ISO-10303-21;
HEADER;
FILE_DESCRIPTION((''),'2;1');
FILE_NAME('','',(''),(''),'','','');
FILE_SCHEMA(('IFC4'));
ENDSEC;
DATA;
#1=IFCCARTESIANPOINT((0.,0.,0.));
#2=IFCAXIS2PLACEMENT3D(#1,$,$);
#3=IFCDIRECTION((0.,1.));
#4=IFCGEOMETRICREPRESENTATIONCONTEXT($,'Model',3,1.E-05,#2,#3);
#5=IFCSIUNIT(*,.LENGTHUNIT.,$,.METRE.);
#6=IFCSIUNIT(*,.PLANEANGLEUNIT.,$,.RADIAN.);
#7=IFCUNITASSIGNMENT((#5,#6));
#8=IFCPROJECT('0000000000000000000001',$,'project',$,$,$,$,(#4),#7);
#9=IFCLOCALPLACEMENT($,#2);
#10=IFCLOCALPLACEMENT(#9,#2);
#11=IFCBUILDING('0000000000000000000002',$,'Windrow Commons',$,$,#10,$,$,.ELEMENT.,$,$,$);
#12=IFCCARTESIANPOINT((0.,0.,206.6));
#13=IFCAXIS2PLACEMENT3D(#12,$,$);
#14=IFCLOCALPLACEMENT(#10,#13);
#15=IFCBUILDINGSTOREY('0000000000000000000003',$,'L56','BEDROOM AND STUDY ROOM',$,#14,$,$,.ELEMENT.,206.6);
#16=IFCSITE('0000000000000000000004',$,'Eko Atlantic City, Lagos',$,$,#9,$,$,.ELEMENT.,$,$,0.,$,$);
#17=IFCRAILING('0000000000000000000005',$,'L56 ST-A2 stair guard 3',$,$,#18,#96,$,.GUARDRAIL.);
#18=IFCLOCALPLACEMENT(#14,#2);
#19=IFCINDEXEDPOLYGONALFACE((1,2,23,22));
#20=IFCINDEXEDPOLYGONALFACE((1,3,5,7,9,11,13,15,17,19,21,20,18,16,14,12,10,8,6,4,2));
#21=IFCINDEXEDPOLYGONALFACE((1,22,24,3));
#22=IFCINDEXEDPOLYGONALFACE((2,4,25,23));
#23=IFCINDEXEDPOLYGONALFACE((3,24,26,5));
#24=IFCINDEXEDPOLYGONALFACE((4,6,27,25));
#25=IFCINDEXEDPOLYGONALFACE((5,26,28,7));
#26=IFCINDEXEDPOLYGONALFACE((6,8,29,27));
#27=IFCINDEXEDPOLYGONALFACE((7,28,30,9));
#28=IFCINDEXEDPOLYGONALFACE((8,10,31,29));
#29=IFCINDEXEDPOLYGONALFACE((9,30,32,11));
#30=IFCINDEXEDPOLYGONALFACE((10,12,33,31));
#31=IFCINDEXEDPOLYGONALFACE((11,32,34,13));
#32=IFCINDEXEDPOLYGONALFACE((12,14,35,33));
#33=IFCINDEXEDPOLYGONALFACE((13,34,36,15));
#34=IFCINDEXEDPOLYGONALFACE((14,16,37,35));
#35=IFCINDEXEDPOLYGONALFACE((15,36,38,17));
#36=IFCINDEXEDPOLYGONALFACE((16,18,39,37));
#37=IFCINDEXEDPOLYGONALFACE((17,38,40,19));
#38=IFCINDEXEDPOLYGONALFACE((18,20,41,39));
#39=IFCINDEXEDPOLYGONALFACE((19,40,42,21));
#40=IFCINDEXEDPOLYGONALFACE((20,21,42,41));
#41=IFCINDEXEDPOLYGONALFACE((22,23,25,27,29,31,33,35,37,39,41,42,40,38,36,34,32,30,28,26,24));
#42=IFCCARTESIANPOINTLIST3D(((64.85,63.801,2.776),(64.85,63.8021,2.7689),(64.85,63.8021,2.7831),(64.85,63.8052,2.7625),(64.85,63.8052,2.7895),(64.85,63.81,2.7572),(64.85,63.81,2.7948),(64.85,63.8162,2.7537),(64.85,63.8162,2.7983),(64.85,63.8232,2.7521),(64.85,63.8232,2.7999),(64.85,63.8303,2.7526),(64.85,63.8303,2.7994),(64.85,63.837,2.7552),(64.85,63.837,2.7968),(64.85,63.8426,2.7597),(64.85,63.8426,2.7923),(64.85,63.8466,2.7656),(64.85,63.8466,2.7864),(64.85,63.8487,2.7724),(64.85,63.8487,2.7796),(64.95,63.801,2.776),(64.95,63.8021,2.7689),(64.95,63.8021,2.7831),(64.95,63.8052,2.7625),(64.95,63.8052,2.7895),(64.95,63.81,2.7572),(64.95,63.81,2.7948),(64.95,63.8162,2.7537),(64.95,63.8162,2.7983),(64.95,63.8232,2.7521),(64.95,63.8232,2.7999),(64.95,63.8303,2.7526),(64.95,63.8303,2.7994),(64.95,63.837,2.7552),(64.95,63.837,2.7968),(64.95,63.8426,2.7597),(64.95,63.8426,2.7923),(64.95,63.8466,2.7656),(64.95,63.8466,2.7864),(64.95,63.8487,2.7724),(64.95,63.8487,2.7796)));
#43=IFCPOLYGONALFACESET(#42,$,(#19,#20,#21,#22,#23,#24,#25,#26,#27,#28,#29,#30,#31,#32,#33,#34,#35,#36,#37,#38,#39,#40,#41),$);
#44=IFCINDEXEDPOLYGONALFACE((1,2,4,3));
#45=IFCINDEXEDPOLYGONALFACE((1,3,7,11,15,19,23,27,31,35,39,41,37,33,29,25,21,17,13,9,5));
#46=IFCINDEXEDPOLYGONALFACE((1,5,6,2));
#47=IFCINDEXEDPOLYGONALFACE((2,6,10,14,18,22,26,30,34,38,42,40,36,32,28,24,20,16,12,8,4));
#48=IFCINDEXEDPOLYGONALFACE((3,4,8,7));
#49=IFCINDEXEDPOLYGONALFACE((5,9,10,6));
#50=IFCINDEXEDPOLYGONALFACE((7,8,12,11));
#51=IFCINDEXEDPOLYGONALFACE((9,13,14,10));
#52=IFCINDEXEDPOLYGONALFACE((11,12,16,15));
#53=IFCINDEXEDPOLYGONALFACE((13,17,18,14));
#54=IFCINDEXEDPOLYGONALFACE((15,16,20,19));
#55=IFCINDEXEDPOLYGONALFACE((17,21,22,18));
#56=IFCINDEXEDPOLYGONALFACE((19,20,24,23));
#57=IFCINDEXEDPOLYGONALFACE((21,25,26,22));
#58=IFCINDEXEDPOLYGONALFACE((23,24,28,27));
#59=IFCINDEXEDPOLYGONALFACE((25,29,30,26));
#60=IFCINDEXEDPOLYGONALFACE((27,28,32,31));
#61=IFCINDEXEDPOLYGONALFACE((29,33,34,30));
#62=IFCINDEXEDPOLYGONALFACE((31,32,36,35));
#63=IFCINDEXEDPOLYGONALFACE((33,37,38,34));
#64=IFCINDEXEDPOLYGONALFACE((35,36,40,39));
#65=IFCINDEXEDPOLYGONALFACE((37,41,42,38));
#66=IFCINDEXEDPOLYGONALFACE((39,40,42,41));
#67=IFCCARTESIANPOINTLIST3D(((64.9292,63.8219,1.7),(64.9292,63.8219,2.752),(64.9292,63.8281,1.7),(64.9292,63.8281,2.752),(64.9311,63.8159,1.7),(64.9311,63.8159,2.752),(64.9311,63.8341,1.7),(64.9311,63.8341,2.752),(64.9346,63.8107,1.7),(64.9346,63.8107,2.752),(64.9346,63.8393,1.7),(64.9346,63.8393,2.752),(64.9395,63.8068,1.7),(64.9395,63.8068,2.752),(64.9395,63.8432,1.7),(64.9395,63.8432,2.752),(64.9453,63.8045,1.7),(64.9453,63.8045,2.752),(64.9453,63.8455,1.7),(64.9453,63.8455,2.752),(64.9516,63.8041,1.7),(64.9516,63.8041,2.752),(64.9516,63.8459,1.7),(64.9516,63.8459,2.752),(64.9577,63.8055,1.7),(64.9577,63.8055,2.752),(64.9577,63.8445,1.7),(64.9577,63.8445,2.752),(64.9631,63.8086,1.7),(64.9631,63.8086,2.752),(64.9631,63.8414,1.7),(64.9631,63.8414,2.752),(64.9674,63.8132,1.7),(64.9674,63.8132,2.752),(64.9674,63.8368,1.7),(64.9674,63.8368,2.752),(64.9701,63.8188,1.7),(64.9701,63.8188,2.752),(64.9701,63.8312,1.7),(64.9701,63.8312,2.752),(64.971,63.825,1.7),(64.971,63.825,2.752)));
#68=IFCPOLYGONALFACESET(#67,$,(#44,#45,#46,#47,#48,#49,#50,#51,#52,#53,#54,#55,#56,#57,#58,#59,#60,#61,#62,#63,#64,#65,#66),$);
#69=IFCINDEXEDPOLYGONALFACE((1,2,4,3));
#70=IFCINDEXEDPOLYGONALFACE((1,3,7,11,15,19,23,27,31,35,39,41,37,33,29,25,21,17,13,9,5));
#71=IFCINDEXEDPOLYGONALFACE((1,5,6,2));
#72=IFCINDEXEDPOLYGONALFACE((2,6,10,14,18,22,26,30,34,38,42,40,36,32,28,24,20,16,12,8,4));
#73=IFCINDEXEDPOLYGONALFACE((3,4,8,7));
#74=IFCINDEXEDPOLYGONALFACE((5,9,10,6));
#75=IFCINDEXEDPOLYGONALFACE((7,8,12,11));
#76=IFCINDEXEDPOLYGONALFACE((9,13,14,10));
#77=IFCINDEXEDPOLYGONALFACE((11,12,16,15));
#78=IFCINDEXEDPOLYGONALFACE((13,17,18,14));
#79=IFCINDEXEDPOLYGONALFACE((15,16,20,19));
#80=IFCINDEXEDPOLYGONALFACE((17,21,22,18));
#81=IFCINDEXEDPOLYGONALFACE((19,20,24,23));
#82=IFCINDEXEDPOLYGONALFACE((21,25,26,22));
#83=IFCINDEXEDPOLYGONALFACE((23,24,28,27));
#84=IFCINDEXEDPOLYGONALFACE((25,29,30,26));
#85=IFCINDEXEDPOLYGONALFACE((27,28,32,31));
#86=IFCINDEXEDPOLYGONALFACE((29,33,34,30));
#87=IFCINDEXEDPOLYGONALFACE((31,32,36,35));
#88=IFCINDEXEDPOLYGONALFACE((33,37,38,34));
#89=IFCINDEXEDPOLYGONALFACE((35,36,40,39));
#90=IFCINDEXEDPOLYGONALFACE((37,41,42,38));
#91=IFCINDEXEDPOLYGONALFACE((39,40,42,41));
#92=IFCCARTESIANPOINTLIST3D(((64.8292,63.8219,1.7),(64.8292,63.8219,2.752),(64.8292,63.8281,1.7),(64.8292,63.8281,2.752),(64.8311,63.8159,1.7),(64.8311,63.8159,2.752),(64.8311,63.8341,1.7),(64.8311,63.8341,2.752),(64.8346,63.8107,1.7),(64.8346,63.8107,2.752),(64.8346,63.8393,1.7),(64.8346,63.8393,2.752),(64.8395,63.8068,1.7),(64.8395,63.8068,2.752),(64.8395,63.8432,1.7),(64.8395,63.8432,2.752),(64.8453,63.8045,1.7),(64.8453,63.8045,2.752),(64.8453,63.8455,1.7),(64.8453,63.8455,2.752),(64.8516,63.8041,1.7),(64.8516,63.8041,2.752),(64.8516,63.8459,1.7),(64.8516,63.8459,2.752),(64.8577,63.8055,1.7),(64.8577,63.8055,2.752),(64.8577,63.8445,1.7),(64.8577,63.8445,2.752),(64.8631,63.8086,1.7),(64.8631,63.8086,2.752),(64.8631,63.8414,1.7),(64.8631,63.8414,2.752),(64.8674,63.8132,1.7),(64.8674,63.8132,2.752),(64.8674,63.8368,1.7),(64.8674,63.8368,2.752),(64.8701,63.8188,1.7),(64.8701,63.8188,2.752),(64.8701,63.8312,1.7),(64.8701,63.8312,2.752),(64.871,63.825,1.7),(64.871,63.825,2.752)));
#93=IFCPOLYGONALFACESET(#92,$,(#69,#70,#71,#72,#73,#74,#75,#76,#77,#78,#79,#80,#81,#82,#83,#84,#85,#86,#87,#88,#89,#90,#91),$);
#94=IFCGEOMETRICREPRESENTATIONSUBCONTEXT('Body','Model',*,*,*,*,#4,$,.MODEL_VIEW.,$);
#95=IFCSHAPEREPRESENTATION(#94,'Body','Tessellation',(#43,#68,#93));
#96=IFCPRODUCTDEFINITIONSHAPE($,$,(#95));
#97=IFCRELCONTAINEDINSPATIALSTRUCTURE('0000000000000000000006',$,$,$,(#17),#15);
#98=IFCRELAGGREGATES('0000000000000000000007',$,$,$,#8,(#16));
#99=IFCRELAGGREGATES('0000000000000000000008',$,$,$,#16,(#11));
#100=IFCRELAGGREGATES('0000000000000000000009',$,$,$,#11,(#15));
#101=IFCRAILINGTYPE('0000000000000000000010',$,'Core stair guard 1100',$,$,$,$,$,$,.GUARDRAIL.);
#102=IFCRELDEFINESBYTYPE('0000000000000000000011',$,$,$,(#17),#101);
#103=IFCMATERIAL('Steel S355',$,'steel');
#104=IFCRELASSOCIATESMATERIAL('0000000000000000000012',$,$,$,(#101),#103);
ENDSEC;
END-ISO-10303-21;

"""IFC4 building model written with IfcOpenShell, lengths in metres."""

from ifc_helpers import new_model, si_unit, direction, frame, origin, origin_2d, place, context, subcontext, project, spatial, circle, extrude, material, type_object, element, save


model = new_model("IFC4")

# Units and contexts
model_context = context("Model", 3, precision=1e-05, world=origin(), true_north=direction((0.0, 1.0)))
body_context = subcontext(model_context, "Body", "Model", "MODEL_VIEW")
ifc_project = project(units=[si_unit("LENGTHUNIT", "METRE"), si_unit("PLANEANGLEUNIT", "RADIAN")], contexts=[model_context])

# Site, building, storey
site_placement = place(None, origin())
site = spatial("IfcSite", under=ifc_project, at=site_placement, Name="Eko Atlantic City, Lagos", CompositionType="ELEMENT", RefElevation=0.0)
building_placement = place(site_placement, origin())
building = spatial("IfcBuilding", under=site, at=building_placement, Name="Windrow Commons", CompositionType="ELEMENT")
storey_placement = place(building_placement, frame((0.0, 0.0, 206.6)))
storey = spatial("IfcBuildingStorey", under=building, at=storey_placement, Name="L56", Description="BEDROOM AND STUDY ROOM", CompositionType="ELEMENT", Elevation=206.6)

# Railing
ifc_material_1 = material(Name="Steel S355", Category="steel")
railing_type_1 = type_object("IfcRailingType", Name="Core stair guard 1100", PredefinedType="GUARDRAIL", material=ifc_material_1)
railing_1_placement = place(storey_placement, frame((64.95, 63.825, 1.7)))
element("IfcRailing", 1, at=railing_1_placement, inside=storey, type_object=railing_type_1, Name="L56 ST-A2 stair guard 3", PredefinedType="GUARDRAIL", context=body_context, shape_type="SweptSolid", body=[
    extrude(circle(Radius=0.024, at=origin_2d()), frame((0.0, 0.0, 1.076), z_axis=(-1.0, 0.0, 0.0), x_axis=(0.0, -1.0, 0.0)), (0.0, 0.0, 1.0), 0.1),
    extrude(circle(Radius=0.021, at=origin_2d()), origin(), (0.0, 0.0, 1.0), 1.052),
    extrude(circle(Radius=0.021, at=origin_2d()), frame((-0.1, 0.0, 0.0)), (0.0, 0.0, 1.0), 1.052),
])

save(model, "model.ifc")
